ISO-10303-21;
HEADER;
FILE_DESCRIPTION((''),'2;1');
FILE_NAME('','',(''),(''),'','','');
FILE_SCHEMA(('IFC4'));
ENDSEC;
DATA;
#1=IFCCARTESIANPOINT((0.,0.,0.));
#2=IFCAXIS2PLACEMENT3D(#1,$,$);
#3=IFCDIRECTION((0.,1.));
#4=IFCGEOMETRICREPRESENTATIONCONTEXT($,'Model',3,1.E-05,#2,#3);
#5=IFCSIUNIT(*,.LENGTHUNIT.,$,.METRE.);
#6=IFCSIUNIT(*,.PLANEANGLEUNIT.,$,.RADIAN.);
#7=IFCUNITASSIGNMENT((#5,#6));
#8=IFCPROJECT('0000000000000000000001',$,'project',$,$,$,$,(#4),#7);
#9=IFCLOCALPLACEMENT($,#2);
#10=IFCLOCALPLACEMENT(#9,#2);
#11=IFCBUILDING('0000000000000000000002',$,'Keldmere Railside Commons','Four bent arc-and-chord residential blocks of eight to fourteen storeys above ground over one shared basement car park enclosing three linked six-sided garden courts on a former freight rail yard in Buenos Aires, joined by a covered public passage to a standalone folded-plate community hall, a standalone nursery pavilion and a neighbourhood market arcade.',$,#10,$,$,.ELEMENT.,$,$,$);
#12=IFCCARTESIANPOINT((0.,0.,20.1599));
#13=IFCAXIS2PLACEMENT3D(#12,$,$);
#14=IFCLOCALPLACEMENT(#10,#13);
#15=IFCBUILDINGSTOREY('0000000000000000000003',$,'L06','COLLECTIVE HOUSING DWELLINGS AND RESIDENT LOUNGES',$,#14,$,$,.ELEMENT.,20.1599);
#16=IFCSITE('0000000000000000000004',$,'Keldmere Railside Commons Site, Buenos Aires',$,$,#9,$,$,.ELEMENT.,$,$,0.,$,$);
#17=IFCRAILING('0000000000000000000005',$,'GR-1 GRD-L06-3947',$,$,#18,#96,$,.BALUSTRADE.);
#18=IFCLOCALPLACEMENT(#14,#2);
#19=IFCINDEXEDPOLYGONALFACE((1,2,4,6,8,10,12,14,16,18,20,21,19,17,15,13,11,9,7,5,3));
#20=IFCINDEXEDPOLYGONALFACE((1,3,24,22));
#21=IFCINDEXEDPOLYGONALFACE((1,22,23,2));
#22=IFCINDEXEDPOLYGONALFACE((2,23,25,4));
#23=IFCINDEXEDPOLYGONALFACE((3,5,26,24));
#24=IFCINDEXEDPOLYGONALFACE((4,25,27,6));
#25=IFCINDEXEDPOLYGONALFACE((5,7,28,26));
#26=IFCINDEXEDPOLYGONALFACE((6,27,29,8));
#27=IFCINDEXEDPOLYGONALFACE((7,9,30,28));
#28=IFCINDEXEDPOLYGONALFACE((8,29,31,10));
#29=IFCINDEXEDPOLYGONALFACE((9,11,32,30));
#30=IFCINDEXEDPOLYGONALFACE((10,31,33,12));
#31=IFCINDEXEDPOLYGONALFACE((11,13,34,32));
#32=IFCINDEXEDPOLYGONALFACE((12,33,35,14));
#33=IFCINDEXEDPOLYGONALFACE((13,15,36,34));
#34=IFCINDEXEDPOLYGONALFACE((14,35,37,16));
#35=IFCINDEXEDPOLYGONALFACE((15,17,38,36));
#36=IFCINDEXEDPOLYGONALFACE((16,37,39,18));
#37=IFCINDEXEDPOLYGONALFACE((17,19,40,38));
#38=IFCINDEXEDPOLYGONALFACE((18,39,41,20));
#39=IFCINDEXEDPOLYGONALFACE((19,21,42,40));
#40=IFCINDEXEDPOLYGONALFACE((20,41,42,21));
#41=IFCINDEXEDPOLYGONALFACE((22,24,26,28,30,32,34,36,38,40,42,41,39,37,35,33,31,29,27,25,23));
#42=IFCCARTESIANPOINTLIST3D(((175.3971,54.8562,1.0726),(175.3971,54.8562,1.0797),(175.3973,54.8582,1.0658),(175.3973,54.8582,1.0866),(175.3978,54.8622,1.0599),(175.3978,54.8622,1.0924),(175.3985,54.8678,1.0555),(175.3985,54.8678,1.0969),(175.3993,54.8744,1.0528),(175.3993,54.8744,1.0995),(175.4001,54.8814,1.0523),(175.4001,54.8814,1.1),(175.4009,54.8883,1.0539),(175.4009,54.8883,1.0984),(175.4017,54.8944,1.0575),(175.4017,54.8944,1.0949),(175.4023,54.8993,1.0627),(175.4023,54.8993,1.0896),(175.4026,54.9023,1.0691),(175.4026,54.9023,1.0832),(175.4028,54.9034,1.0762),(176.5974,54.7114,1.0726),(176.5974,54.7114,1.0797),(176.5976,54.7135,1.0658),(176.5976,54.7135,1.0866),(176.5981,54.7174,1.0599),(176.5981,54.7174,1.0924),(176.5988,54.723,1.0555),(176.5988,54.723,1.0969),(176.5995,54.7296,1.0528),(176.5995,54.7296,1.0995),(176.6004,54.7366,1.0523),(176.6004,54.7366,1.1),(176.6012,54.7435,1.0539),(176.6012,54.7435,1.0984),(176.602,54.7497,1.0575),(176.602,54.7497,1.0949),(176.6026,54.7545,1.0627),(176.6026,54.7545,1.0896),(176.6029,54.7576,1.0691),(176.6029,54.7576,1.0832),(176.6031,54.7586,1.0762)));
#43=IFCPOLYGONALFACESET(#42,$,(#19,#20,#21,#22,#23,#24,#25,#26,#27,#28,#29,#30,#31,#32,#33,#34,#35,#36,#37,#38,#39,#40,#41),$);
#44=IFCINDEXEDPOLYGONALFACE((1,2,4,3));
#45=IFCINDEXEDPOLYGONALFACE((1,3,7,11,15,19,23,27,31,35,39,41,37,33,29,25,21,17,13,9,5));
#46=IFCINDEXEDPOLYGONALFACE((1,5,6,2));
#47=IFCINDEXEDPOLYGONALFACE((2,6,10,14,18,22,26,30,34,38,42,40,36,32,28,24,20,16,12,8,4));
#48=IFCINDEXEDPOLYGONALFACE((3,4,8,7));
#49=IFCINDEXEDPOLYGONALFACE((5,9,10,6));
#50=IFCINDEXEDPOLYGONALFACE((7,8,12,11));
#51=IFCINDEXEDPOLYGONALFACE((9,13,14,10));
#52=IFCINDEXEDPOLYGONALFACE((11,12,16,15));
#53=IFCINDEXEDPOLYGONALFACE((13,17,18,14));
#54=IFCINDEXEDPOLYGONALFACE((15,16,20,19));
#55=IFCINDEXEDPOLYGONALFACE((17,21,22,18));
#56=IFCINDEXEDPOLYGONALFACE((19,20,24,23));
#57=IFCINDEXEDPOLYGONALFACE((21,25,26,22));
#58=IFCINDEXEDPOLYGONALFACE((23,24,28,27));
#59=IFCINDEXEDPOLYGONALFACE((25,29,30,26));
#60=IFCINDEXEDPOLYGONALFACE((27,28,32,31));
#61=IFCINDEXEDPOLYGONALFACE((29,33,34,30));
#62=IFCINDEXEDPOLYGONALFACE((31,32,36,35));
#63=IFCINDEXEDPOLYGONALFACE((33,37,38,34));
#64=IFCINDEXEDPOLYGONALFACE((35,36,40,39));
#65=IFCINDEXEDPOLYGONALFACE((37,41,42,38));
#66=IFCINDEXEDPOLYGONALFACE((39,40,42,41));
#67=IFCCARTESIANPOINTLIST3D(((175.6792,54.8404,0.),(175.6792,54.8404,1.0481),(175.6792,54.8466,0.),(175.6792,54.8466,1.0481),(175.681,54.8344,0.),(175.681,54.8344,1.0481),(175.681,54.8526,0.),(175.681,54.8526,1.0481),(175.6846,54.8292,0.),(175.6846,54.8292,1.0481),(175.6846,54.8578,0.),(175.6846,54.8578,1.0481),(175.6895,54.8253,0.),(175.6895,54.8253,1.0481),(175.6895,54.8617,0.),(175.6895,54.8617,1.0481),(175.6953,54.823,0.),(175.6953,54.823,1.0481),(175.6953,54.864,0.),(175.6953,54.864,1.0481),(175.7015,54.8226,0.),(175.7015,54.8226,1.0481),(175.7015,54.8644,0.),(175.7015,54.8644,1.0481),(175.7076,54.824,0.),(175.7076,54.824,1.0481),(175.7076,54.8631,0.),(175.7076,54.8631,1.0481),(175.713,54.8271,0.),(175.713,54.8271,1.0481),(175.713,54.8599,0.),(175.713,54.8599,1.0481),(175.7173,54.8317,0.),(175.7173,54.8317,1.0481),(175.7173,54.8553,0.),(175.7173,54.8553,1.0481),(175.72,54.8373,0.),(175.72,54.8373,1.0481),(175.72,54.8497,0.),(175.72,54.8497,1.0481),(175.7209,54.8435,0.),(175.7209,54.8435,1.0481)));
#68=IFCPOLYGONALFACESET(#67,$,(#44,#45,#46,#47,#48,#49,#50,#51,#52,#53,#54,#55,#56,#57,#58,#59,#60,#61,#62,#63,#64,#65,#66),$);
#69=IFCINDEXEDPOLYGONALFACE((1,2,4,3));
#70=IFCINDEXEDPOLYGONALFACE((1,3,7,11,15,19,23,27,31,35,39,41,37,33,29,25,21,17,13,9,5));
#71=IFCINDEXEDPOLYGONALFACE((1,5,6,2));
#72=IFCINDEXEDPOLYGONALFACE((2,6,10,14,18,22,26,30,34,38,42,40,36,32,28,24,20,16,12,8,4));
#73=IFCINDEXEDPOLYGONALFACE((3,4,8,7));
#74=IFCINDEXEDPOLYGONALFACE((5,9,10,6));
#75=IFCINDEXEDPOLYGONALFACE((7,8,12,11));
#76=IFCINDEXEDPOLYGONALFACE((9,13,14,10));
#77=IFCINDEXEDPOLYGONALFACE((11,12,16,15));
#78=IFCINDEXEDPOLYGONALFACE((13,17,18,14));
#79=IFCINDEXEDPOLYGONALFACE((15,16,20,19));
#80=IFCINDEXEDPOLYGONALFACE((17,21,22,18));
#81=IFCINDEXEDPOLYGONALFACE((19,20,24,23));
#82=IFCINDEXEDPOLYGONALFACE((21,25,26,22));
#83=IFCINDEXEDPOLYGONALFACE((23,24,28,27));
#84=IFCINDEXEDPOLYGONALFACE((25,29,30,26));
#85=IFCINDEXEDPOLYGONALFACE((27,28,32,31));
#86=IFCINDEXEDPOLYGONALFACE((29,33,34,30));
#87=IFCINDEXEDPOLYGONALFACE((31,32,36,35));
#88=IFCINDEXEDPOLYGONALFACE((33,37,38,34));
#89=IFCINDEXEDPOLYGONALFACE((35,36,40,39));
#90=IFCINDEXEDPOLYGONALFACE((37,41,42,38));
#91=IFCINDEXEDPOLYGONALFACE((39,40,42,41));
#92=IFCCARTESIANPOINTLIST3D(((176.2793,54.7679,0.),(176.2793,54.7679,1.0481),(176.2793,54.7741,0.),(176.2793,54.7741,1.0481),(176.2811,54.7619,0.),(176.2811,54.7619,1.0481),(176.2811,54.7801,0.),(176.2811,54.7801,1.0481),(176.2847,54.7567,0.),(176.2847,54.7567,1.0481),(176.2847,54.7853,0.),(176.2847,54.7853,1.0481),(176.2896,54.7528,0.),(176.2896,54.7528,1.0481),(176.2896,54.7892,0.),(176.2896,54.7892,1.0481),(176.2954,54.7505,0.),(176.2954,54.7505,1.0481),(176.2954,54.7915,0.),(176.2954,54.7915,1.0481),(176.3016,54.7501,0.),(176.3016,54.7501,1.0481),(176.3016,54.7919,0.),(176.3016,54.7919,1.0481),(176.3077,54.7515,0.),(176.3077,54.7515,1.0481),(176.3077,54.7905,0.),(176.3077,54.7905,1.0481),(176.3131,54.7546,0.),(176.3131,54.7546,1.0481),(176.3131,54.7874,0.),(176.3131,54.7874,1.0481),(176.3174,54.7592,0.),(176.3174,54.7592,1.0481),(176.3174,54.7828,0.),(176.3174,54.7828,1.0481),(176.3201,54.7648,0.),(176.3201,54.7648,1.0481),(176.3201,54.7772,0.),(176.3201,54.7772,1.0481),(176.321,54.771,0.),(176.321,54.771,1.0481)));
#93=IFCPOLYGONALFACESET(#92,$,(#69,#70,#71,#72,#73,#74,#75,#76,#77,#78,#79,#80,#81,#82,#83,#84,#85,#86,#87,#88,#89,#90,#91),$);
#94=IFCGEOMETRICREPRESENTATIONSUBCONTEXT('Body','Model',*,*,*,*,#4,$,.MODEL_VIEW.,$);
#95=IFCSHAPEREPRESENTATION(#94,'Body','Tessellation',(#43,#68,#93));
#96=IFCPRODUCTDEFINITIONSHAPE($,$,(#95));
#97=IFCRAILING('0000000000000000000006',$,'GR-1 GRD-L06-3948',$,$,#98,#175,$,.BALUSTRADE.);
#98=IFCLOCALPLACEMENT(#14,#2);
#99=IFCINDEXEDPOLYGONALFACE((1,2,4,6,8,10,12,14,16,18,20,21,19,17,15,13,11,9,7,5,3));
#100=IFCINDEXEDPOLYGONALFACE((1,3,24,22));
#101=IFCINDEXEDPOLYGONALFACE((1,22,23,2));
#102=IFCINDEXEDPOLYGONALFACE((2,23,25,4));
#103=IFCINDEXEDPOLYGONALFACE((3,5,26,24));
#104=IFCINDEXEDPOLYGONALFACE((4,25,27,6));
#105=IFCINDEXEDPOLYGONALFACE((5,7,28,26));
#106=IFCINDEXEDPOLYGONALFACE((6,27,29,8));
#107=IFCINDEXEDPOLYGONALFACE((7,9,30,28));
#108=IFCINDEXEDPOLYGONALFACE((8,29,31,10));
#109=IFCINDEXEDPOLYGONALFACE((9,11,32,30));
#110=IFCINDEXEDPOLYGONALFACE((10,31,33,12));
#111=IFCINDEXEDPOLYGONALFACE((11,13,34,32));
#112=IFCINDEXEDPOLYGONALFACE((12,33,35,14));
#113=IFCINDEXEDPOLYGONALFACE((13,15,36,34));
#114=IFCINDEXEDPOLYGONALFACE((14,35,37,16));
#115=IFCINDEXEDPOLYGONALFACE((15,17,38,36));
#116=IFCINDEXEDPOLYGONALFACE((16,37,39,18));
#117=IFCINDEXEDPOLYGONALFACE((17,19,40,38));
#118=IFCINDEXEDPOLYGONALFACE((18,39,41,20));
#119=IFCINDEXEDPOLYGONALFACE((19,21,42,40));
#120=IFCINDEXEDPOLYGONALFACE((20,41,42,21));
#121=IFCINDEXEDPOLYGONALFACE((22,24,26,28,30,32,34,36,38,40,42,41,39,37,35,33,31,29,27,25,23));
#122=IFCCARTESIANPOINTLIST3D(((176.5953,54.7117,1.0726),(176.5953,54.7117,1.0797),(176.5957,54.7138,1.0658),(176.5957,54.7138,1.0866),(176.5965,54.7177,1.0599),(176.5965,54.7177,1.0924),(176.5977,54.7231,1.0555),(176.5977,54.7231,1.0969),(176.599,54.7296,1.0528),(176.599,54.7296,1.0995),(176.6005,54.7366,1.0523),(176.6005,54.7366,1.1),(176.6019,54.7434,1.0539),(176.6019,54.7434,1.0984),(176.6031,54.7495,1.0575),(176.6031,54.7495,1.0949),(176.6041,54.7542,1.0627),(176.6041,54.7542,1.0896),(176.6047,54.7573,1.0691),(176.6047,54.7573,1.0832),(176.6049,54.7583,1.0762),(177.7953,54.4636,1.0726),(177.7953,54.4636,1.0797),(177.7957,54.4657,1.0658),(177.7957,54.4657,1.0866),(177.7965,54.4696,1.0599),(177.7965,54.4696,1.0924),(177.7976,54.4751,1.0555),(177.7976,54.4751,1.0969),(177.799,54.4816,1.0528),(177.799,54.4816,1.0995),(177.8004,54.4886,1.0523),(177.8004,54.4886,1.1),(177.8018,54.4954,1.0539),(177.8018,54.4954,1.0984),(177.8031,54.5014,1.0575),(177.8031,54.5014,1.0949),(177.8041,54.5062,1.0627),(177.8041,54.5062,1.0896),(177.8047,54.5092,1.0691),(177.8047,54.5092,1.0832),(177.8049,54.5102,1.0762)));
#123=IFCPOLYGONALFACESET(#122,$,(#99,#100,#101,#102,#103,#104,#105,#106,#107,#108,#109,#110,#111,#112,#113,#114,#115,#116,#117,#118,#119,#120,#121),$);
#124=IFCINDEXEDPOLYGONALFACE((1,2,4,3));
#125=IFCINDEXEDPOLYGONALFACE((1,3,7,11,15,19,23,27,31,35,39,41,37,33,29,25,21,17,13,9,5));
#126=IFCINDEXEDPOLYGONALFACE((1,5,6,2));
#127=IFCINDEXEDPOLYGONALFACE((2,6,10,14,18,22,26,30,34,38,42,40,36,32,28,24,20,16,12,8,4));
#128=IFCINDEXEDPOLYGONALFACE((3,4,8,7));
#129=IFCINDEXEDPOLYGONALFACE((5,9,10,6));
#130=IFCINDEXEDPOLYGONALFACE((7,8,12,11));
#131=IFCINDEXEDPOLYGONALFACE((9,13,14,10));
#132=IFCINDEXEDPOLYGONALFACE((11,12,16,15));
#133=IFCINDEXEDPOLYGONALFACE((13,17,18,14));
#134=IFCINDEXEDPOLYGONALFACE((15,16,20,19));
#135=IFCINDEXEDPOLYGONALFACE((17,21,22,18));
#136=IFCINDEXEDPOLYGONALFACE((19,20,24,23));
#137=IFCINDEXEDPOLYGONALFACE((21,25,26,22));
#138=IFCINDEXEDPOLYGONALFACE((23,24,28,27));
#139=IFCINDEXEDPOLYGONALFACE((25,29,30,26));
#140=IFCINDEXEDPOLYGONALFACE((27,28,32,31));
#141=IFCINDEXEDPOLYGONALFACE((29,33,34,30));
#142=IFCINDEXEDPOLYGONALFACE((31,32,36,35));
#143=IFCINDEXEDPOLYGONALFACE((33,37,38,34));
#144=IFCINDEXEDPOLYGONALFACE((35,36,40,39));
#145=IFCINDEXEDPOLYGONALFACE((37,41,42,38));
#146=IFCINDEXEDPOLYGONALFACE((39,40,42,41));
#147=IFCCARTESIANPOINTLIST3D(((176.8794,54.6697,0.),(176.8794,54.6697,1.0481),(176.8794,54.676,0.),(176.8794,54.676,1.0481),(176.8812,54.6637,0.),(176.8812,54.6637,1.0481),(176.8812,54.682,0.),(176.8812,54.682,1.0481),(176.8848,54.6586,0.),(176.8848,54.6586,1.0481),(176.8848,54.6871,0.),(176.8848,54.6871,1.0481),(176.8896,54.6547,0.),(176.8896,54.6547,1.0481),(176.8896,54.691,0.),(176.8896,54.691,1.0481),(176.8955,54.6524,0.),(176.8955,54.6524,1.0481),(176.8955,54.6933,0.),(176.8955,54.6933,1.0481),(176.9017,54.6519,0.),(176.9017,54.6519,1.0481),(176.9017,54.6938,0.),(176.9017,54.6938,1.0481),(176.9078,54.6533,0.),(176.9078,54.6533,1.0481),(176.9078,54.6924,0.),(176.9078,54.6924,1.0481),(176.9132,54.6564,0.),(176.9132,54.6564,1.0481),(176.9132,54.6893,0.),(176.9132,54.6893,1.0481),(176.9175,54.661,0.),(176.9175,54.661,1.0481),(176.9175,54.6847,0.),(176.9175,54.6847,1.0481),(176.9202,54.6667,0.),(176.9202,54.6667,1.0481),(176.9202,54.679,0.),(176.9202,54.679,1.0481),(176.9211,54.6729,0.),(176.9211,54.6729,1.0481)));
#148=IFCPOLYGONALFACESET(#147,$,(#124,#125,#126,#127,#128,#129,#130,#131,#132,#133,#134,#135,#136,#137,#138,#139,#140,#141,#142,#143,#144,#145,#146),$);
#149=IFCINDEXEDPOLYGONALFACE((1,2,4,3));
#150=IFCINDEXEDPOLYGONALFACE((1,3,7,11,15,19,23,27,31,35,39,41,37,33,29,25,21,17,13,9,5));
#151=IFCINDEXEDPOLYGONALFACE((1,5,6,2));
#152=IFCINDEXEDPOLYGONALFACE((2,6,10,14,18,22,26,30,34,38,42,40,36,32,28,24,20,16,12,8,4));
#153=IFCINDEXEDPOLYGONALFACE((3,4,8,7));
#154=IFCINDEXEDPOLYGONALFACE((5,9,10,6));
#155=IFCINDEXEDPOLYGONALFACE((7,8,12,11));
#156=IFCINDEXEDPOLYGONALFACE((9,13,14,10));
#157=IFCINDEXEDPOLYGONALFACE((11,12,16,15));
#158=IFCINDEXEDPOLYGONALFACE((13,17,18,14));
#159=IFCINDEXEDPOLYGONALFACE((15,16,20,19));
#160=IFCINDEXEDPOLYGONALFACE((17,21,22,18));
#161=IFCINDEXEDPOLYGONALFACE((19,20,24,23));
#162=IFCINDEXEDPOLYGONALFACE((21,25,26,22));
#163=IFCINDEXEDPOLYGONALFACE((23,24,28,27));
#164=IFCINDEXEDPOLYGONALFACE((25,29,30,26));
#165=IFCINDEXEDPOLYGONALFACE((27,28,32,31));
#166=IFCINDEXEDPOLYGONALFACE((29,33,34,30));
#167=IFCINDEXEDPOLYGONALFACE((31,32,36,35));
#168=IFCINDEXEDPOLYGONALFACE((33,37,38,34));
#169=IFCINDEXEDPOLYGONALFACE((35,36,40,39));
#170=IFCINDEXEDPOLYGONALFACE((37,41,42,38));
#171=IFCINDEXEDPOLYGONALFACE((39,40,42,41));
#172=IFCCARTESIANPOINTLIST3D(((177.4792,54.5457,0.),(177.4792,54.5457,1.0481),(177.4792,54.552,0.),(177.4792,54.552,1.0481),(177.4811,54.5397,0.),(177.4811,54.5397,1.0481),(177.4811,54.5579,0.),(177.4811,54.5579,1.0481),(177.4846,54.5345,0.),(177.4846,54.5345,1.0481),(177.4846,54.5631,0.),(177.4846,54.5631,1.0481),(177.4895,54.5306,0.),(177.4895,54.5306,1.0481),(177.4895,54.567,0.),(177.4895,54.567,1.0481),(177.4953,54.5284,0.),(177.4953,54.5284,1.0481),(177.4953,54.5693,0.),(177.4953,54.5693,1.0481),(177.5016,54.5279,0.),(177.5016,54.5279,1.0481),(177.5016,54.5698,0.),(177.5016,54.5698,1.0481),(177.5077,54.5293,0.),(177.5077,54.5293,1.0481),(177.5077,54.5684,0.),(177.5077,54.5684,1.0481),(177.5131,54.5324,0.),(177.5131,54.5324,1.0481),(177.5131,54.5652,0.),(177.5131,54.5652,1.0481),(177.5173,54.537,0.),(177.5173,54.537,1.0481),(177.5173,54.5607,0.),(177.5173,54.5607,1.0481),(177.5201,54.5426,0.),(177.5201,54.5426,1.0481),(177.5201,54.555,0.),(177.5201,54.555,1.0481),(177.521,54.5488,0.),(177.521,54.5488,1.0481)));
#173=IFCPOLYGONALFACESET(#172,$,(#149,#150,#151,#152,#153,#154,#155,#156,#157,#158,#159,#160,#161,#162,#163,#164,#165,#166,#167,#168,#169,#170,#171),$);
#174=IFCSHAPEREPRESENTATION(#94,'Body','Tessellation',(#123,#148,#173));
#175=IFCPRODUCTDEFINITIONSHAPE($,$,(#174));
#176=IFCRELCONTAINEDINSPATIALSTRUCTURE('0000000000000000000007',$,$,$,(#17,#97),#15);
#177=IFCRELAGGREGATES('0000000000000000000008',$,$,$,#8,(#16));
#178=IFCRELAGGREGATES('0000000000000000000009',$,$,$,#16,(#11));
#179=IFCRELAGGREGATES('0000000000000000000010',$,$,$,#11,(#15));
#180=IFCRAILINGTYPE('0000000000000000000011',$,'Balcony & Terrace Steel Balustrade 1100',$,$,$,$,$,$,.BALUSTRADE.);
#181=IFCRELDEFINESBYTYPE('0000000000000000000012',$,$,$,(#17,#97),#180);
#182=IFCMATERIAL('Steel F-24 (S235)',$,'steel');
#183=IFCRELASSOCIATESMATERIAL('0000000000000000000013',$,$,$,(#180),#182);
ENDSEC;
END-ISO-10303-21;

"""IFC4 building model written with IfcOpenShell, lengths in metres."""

from ifc_helpers import new_model, si_unit, direction, frame, origin, origin_2d, place, context, subcontext, project, spatial, circle, extrude, material, type_object, element, save


model = new_model("IFC4")

# Units and contexts
model_context = context("Model", 3, precision=1e-05, world=origin(), true_north=direction((0.0, 1.0)))
body_context = subcontext(model_context, "Body", "Model", "MODEL_VIEW")
ifc_project = project(units=[si_unit("LENGTHUNIT", "METRE"), si_unit("PLANEANGLEUNIT", "RADIAN")], contexts=[model_context])

# Site, building, storey
site_placement = place(None, origin())
site = spatial("IfcSite", under=ifc_project, at=site_placement, Name="Keldmere Railside Commons Site, Buenos Aires", CompositionType="ELEMENT", RefElevation=0.0)
building_placement = place(site_placement, origin())
building = spatial("IfcBuilding", under=site, at=building_placement, Name="Keldmere Railside Commons", Description="Four bent arc-and-chord residential blocks of eight to fourteen storeys above ground over one shared basement car park enclosing three linked six-sided garden courts on a former freight rail yard in Buenos Aires, joined by a covered public passage to a standalone folded-plate community hall, a standalone nursery pavilion and a neighbourhood market arcade.", CompositionType="ELEMENT")
storey_placement = place(building_placement, frame((0.0, 0.0, 20.1599)))
storey = spatial("IfcBuildingStorey", under=building, at=storey_placement, Name="L06", Description="COLLECTIVE HOUSING DWELLINGS AND RESIDENT LOUNGES", CompositionType="ELEMENT", Elevation=20.1599)

# Shared definitions
ifc_material_1 = material(Name="Steel F-24 (S235)", Category="steel")

# Railings
railing_type = type_object("IfcRailingType", Name="Balcony & Terrace Steel Balustrade 1100", PredefinedType="BALUSTRADE", material=ifc_material_1)
railing_1_placement = place(storey_placement, frame((175.3999, 54.8796, 0.0)))
element("IfcRailing", 1, at=railing_1_placement, inside=storey, type_object=railing_type, Name="GR-1 GRD-L06-3947", PredefinedType="BALUSTRADE", context=body_context, shape_type="SweptSolid", body=[
    extrude(circle(Radius=0.0239, at=origin_2d()), frame((0.0, 0.0, 1.0762), z_axis=(0.992803, -0.119758, 0.0), x_axis=(0.119758, 0.992803, 0.0)), (0.0, 0.0, 1.0), 1.209),
    extrude(circle(Radius=0.021, at=origin_2d()), frame((0.3, -0.0361, 0.0)), (0.0, 0.0, 1.0), 1.0481),
    extrude(circle(Radius=0.021, at=origin_2d()), frame((0.9001, -0.1086, 0.0)), (0.0, 0.0, 1.0), 1.0481),
])
railing_2_placement = place(storey_placement, frame((176.6001, 54.7349, 0.0)))
element("IfcRailing", 2, at=railing_2_placement, inside=storey, type_object=railing_type, Name="GR-1 GRD-L06-3948", PredefinedType="BALUSTRADE", context=body_context, shape_type="SweptSolid", body=[
    extrude(circle(Radius=0.0239, at=origin_2d()), frame((0.0, 0.0, 1.0762), z_axis=(0.979296, -0.202434, 0.0), x_axis=(0.202434, 0.979296, 0.0)), (0.0, 0.0, 1.0), 1.2253),
    extrude(circle(Radius=0.021, at=origin_2d()), frame((0.3, -0.062, 0.0)), (0.0, 0.0, 1.0), 1.0481),
    extrude(circle(Radius=0.021, at=origin_2d()), frame((0.8999, -0.186, 0.0)), (0.0, 0.0, 1.0), 1.0481),
])

save(model, "model.ifc")
